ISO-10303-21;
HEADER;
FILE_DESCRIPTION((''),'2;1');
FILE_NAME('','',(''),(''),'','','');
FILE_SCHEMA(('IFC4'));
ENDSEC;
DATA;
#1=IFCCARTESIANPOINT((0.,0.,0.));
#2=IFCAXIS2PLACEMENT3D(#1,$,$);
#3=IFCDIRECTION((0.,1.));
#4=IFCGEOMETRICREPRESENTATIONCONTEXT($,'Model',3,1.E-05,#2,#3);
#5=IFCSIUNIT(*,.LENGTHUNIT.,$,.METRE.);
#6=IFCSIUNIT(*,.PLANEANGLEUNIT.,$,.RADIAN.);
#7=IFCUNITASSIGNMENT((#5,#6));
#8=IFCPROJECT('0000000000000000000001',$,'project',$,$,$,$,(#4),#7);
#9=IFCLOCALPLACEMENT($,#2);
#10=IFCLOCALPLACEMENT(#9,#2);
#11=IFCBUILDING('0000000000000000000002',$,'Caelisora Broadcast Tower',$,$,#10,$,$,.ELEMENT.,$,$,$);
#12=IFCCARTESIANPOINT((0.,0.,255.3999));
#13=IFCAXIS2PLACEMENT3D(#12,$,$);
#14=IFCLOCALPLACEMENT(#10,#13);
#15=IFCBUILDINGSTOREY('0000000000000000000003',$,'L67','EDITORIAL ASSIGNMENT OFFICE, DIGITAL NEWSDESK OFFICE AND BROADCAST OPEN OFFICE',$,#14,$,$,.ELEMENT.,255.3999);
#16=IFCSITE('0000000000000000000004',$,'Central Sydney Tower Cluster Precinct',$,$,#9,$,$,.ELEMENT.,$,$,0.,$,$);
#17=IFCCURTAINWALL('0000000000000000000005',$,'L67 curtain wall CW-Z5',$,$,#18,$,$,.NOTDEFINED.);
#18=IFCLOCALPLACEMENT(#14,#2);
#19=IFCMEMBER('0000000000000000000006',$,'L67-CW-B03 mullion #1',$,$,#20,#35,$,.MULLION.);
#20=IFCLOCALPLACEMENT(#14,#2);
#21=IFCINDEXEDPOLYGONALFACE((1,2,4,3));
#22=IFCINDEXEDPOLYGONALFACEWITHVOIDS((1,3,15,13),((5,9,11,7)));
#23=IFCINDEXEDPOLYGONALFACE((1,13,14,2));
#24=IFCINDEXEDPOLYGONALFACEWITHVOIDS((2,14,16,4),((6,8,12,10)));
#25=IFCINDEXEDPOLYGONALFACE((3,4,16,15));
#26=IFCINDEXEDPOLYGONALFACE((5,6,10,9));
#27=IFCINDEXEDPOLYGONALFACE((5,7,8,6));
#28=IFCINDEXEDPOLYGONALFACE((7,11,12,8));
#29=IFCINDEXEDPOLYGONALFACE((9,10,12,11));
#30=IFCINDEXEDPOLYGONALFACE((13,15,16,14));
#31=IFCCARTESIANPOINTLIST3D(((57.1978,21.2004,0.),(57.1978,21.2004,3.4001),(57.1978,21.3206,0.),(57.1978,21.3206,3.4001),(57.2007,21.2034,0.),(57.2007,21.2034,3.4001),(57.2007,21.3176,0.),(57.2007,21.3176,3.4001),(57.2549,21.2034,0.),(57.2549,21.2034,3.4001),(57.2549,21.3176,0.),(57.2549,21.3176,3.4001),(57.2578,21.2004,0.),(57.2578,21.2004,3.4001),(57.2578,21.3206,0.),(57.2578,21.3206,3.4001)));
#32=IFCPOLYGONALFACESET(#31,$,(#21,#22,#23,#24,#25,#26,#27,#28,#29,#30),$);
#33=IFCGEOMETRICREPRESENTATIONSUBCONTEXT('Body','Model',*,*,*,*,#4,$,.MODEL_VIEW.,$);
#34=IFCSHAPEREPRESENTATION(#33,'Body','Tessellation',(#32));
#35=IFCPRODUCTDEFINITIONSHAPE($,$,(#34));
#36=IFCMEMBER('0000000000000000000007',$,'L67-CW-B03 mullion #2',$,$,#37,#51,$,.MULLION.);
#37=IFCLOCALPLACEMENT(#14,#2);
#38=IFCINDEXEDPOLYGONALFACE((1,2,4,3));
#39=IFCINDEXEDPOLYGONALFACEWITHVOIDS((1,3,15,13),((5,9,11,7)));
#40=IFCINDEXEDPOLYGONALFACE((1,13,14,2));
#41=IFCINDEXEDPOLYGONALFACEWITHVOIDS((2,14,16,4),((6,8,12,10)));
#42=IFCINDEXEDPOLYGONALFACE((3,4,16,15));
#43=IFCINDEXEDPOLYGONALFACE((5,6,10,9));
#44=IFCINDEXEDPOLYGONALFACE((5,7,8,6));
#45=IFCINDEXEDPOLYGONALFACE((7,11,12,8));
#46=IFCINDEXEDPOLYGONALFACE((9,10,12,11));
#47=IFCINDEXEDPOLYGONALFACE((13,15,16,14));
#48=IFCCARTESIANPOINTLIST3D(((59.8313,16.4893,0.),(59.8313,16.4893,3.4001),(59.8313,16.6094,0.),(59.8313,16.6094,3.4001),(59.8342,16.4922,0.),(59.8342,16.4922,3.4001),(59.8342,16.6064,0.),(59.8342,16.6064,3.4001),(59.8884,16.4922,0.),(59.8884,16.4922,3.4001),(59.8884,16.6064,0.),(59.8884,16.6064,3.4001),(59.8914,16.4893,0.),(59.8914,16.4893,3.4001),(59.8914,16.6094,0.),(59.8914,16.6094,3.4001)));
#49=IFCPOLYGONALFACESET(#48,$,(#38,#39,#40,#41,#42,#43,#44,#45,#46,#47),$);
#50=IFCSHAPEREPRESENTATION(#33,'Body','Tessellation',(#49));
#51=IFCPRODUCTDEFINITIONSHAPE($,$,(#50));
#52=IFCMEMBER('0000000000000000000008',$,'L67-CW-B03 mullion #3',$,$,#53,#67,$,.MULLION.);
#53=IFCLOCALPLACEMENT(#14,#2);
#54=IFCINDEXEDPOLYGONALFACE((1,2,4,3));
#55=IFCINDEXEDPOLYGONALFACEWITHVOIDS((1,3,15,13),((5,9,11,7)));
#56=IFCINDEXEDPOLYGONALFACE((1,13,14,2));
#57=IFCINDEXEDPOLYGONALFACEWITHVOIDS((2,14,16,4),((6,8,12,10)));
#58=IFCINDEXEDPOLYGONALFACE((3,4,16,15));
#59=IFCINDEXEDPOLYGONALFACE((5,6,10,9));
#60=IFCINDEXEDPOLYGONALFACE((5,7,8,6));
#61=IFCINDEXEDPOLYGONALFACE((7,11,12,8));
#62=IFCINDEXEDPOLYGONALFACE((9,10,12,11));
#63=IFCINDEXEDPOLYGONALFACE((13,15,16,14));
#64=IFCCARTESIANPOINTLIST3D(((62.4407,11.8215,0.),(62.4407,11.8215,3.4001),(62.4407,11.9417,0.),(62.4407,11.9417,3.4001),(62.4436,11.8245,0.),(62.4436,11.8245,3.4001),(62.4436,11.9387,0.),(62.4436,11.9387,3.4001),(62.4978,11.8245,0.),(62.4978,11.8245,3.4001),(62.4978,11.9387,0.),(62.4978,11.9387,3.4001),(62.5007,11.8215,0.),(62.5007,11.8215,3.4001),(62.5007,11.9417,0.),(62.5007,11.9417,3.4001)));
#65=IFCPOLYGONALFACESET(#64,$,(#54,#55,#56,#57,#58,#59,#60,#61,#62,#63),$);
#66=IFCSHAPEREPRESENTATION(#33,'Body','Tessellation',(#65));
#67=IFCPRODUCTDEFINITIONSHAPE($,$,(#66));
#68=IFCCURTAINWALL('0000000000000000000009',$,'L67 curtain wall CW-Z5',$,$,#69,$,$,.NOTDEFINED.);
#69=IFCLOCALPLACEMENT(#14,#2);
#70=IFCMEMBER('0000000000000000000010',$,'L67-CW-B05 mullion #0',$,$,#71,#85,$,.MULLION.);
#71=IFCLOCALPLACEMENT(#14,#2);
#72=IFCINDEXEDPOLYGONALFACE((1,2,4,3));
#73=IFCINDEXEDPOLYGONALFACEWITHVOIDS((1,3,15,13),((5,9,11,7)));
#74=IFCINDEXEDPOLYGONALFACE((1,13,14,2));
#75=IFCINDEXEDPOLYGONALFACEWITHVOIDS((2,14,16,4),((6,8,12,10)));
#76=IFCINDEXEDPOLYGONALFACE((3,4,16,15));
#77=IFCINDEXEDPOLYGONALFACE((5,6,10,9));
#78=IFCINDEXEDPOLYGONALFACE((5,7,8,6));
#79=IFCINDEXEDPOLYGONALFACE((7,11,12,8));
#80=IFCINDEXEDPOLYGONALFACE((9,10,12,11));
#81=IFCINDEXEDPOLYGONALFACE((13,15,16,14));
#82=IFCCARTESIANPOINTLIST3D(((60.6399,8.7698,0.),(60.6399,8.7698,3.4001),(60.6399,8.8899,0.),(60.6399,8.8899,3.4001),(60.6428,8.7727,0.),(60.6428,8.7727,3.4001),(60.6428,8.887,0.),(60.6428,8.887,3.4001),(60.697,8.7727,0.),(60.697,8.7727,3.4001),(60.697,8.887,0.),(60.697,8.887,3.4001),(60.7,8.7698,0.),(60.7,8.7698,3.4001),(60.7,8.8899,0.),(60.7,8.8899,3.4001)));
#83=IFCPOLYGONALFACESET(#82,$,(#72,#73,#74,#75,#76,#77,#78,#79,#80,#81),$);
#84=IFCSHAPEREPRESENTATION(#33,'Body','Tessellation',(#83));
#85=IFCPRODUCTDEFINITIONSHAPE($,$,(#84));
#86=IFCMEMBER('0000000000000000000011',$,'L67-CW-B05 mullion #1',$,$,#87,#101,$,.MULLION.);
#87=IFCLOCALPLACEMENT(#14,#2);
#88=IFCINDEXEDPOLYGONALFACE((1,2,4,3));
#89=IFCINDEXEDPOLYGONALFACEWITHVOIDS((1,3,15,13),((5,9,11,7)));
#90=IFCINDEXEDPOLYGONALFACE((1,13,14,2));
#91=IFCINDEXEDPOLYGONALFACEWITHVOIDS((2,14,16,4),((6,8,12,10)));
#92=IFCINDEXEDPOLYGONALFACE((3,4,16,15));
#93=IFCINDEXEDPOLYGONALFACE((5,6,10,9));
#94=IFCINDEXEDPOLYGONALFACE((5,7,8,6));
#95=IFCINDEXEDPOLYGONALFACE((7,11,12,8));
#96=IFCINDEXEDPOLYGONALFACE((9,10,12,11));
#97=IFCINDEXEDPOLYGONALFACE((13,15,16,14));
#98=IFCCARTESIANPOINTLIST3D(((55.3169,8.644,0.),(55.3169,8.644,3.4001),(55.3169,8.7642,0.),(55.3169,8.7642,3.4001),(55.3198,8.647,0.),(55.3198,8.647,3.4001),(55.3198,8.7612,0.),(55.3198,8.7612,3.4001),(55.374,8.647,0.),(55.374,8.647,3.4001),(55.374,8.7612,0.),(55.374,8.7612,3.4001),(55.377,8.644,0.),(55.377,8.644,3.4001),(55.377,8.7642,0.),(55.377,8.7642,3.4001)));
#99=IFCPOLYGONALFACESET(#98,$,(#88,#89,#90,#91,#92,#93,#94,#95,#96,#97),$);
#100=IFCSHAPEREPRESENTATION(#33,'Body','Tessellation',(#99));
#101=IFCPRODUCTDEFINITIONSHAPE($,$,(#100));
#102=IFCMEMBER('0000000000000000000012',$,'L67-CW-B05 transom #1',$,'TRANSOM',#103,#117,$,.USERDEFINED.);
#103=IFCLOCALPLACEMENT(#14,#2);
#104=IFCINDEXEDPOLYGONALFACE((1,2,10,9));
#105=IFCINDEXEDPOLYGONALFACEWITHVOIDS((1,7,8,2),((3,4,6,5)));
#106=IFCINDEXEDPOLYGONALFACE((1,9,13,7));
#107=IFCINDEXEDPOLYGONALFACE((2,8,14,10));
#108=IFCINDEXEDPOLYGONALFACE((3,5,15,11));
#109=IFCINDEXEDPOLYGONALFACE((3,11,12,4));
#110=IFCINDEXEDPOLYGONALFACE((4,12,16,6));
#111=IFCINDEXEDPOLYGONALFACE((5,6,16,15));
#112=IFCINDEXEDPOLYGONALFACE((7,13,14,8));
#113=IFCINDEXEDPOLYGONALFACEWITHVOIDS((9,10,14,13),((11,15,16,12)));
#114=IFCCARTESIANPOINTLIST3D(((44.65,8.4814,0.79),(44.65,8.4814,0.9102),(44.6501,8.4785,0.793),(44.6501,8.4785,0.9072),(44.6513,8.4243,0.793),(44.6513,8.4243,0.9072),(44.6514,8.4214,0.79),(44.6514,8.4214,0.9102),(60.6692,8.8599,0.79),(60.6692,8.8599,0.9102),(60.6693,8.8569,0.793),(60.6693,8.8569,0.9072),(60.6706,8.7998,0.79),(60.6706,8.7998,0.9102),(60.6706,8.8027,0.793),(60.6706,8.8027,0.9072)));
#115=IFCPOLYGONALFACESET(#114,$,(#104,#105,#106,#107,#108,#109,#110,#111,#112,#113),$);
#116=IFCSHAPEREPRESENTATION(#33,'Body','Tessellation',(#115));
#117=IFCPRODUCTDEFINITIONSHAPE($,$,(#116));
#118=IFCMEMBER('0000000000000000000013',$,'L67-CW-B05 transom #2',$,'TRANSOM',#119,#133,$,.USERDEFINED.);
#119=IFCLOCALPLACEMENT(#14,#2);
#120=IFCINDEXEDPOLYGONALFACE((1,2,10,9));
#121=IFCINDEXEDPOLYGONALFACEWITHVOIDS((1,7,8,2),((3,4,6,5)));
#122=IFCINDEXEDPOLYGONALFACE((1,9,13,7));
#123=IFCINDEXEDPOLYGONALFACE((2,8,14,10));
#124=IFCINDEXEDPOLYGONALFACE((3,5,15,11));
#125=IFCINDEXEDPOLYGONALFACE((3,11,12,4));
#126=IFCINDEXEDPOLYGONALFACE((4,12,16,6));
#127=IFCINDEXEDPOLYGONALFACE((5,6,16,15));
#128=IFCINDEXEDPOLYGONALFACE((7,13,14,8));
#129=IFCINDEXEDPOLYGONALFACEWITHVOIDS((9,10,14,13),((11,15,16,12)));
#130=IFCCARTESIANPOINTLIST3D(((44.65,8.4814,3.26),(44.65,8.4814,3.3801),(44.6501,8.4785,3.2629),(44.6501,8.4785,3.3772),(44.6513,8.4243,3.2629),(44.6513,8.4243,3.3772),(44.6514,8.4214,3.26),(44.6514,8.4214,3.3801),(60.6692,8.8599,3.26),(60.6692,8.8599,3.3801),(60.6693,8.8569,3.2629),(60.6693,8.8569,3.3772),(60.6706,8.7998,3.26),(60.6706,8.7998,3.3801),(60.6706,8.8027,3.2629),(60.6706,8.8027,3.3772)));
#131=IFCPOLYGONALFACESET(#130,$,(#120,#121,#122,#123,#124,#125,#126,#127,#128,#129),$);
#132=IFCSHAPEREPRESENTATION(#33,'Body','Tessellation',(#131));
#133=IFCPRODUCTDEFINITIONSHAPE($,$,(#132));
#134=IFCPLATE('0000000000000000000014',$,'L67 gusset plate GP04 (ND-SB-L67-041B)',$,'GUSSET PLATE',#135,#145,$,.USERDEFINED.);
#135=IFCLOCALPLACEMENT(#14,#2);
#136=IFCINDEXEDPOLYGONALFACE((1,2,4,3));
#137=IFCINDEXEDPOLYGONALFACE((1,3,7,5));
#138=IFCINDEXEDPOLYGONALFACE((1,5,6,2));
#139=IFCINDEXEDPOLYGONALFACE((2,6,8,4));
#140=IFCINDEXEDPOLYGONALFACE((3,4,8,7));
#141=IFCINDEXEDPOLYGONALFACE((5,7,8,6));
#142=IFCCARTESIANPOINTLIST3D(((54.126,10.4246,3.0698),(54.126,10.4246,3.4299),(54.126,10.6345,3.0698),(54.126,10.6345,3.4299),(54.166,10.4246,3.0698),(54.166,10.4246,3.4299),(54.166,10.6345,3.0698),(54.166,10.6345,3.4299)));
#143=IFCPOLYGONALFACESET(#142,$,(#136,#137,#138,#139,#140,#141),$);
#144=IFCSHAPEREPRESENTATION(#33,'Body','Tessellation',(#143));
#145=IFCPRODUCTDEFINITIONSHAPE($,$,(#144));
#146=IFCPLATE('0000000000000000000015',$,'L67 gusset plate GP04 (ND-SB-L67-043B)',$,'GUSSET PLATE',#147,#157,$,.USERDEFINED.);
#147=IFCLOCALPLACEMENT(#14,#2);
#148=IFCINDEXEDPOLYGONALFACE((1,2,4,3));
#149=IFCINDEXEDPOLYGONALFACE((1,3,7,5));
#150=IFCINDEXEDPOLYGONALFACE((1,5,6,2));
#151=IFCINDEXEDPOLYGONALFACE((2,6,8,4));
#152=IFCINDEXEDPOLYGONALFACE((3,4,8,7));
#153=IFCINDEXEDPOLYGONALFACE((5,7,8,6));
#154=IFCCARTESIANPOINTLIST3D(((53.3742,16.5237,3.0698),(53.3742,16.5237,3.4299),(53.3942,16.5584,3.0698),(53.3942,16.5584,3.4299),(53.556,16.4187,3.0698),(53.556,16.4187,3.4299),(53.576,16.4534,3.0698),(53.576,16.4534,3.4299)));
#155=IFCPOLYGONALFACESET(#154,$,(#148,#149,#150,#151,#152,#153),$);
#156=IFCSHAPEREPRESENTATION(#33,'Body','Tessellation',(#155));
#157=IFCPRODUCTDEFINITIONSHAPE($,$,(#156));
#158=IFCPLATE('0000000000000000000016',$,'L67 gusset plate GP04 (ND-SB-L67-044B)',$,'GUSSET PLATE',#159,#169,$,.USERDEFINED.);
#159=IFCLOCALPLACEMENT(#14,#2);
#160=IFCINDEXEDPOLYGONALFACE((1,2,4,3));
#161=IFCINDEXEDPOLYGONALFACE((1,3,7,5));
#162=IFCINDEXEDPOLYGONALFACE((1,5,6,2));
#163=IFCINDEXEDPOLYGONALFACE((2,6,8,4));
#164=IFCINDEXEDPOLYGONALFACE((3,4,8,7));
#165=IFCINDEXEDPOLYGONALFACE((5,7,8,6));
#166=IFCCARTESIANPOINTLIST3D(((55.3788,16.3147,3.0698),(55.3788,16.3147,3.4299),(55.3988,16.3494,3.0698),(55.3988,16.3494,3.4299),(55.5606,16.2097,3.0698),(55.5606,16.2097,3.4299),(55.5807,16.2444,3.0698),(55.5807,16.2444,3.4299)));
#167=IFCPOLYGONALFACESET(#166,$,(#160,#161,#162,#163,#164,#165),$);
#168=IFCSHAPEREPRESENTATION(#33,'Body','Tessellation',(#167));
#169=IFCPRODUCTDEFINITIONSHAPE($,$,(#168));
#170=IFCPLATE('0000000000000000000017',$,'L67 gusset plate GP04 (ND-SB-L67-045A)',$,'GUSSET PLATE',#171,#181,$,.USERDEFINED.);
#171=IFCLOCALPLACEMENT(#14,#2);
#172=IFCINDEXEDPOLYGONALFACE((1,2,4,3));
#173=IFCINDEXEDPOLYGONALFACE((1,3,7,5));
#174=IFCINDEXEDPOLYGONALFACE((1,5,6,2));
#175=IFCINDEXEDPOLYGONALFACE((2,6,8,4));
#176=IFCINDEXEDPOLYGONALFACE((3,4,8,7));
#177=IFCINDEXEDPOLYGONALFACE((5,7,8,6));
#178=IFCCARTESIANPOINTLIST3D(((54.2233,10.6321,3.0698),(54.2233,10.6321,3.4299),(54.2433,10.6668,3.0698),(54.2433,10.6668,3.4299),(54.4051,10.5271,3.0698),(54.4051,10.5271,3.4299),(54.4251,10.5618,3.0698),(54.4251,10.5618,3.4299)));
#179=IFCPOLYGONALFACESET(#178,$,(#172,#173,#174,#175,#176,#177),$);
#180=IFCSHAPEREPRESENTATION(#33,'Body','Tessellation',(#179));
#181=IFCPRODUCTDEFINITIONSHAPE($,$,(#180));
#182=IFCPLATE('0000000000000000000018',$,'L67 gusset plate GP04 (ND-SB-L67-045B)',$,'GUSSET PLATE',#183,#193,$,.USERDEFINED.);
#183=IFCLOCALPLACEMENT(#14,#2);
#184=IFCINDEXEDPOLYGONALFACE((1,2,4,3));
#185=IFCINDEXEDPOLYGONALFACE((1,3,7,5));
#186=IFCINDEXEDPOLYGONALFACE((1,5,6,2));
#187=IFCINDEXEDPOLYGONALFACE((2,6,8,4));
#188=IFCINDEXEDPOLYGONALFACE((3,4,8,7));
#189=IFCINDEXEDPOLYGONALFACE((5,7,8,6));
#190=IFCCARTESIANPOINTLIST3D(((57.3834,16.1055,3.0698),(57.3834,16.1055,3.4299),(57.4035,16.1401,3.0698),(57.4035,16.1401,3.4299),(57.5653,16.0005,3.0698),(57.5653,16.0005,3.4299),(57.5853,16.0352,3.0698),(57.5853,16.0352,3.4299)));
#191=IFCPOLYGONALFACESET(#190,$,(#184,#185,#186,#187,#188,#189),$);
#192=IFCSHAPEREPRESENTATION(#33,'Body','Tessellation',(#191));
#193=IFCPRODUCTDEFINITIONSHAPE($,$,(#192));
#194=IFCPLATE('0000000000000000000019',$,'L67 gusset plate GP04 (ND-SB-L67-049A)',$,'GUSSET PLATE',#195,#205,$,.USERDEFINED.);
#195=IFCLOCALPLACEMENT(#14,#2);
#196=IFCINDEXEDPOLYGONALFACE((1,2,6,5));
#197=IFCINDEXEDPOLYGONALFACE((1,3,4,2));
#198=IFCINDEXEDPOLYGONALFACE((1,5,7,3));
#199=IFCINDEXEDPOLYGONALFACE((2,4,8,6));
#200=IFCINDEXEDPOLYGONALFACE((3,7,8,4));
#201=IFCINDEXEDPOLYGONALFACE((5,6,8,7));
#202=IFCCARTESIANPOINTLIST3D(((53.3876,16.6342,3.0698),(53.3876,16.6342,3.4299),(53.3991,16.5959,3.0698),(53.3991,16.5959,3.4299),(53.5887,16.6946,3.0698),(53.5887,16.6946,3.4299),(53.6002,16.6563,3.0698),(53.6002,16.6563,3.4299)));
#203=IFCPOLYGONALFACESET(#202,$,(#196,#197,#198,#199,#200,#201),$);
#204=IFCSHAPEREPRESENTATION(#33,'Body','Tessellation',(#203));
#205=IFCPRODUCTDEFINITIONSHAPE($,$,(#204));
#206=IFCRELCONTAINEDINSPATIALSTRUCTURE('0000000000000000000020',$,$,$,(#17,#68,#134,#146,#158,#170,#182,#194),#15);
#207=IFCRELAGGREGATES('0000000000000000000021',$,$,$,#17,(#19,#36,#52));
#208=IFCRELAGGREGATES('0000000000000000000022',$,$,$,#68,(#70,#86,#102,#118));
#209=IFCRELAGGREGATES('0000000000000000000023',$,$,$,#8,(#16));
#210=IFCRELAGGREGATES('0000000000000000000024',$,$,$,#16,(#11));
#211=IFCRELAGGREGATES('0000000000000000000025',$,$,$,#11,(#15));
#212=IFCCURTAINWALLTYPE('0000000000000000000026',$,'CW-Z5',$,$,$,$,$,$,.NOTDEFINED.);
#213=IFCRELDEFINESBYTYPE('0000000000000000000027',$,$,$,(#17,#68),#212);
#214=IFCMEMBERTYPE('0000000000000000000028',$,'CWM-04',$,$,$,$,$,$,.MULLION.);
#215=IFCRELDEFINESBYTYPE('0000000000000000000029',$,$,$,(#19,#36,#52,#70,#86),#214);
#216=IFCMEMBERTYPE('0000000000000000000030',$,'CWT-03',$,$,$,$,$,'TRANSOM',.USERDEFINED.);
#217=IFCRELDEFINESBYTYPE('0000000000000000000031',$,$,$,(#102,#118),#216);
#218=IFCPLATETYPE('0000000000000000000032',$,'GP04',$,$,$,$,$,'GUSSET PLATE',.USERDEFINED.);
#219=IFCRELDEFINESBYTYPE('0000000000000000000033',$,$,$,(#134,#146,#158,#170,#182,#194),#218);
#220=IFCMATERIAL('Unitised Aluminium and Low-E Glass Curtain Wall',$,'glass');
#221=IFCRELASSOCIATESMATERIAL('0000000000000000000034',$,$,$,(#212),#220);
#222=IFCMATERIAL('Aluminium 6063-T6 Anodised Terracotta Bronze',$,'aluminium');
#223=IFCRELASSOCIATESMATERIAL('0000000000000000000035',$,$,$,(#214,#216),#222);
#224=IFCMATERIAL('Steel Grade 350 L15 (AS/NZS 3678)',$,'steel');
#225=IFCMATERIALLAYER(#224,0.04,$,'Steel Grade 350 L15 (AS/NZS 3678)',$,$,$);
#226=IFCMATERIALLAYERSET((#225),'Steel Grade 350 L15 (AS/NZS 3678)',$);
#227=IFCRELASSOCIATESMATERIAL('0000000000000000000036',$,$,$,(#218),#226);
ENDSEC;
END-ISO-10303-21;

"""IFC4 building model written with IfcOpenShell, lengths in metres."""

from ifc_helpers import new_model, si_unit, direction, frame, origin, origin_2d, place, context, subcontext, project, spatial, rectangle, hollow_rectangle, extrude, source, transform, mapped, material, layer, layer_set, material_profile, profile_set, type_object, type_shapes, element, aggregate, save


model = new_model("IFC4")

# Units and contexts
model_context = context("Model", 3, precision=1e-05, world=origin(), true_north=direction((0.0, 1.0)))
body_context = subcontext(model_context, "Body", "Model", "MODEL_VIEW")
ifc_project = project(units=[si_unit("LENGTHUNIT", "METRE"), si_unit("PLANEANGLEUNIT", "RADIAN")], contexts=[model_context])

# Site, building, storey
site_placement = place(None, origin())
site = spatial("IfcSite", under=ifc_project, at=site_placement, Name="Central Sydney Tower Cluster Precinct", CompositionType="ELEMENT", RefElevation=0.0)
building_placement = place(site_placement, origin())
building = spatial("IfcBuilding", under=site, at=building_placement, Name="Caelisora Broadcast Tower", CompositionType="ELEMENT")
storey_placement = place(building_placement, frame((0.0, 0.0, 255.3999)))
storey = spatial("IfcBuildingStorey", under=building, at=storey_placement, Name="L67", Description="EDITORIAL ASSIGNMENT OFFICE, DIGITAL NEWSDESK OFFICE AND BROADCAST OPEN OFFICE", CompositionType="ELEMENT", Elevation=255.3999)

# Shared definitions
ifc_material_1 = material(Name="Steel Grade 350 L15 (AS/NZS 3678)", Category="steel")

# Curtain walls, members
ifc_material_2 = material(Name="Unitised Aluminium and Low-E Glass Curtain Wall", Category="glass")
curtain_wall_type = type_object("IfcCurtainWallType", Name="CW-Z5", PredefinedType="NOTDEFINED", material=ifc_material_2)
curtain_wall_1_placement = place(storey_placement, origin())
curtain_wall_1 = element("IfcCurtainWall", 1, at=curtain_wall_1_placement, inside=storey, type_object=curtain_wall_type, Name="L67 curtain wall CW-Z5", PredefinedType="NOTDEFINED")
ifc_material_3 = material(Name="Aluminium 6063-T6 Anodised Terracotta Bronze", Category="aluminium")
ifc_material_profile_1 = material_profile(ifc_material_3, hollow_rectangle(XDim=0.0601, YDim=0.1201, WallThickness=0.0029, at=origin_2d()), Name="Aluminium 6063-T6 Anodised Terracotta Bronze")
ifc_profile_set_1 = profile_set([ifc_material_profile_1], Name="Aluminium 6063-T6 Anodised Terracotta Bronze")
member_type_1 = type_object("IfcMemberType", Name="CWM-04", PredefinedType="MULLION", material=ifc_profile_set_1)
shared_shape_1 = source(origin(), body_context, "Body", "SweptSolid", [
    extrude(hollow_rectangle(XDim=0.0601, YDim=0.1201, WallThickness=0.0029, at=origin_2d()), origin(), (0.0, 0.0, 1.0), 3.4001),
])
type_shapes(member_type_1, [shared_shape_1])
member_1_placement = place(storey_placement, frame((57.2278, 21.2605, 0.0), z_axis=(0.0, 0.0, 1.0), x_axis=(1.0, 0.0, 0.0)))
member_1 = element("IfcMember", 2, at=member_1_placement, type_object=member_type_1, Name="L67-CW-B03 mullion #1", PredefinedType="MULLION", context=body_context, shape_type="MappedRepresentation", body=[
    mapped(shared_shape_1, transform((0.0, 0.0, 0.0), scale=1.0)),
])
member_2_placement = place(storey_placement, frame((59.8613, 16.5493, 0.0), z_axis=(0.0, 0.0, 1.0), x_axis=(1.0, 0.0, 0.0)))
member_2 = element("IfcMember", 3, at=member_2_placement, type_object=member_type_1, Name="L67-CW-B03 mullion #2", PredefinedType="MULLION", context=body_context, shape_type="MappedRepresentation", body=[
    mapped(shared_shape_1, transform((0.0, 0.0, 0.0), scale=1.0)),
])
member_3_placement = place(storey_placement, frame((62.4707, 11.8816, 0.0), z_axis=(0.0, 0.0, 1.0), x_axis=(1.0, 0.0, 0.0)))
member_3 = element("IfcMember", 4, at=member_3_placement, type_object=member_type_1, Name="L67-CW-B03 mullion #3", PredefinedType="MULLION", context=body_context, shape_type="MappedRepresentation", body=[
    mapped(shared_shape_1, transform((0.0, 0.0, 0.0), scale=1.0)),
])
curtain_wall_2_placement = place(storey_placement, origin())
curtain_wall_2 = element("IfcCurtainWall", 5, at=curtain_wall_2_placement, inside=storey, type_object=curtain_wall_type, Name="L67 curtain wall CW-Z5", PredefinedType="NOTDEFINED")
member_4_placement = place(storey_placement, frame((60.6699, 8.8298, 0.0), z_axis=(0.0, 0.0, 1.0), x_axis=(1.0, 0.0, 0.0)))
member_4 = element("IfcMember", 6, at=member_4_placement, type_object=member_type_1, Name="L67-CW-B05 mullion #0", PredefinedType="MULLION", context=body_context, shape_type="MappedRepresentation", body=[
    mapped(shared_shape_1, transform((0.0, 0.0, 0.0), scale=1.0)),
])
member_5_placement = place(storey_placement, frame((55.3469, 8.7041, 0.0), z_axis=(0.0, 0.0, 1.0), x_axis=(1.0, 0.0, 0.0)))
member_5 = element("IfcMember", 7, at=member_5_placement, type_object=member_type_1, Name="L67-CW-B05 mullion #1", PredefinedType="MULLION", context=body_context, shape_type="MappedRepresentation", body=[
    mapped(shared_shape_1, transform((0.0, 0.0, 0.0), scale=1.0)),
])
ifc_material_profile_2 = material_profile(ifc_material_3, hollow_rectangle(XDim=0.0601, YDim=0.1201, WallThickness=0.0029, at=origin_2d()), Name="Aluminium 6063-T6 Anodised Terracotta Bronze")
ifc_profile_set_2 = profile_set([ifc_material_profile_2], Name="Aluminium 6063-T6 Anodised Terracotta Bronze")
member_type_2 = type_object("IfcMemberType", Name="CWT-03", ElementType="TRANSOM", PredefinedType="USERDEFINED", material=ifc_profile_set_2)
shared_shape_2 = source(origin(), body_context, "Body", "SweptSolid", [
    extrude(hollow_rectangle(XDim=0.0601, YDim=0.1201, WallThickness=0.0029, at=origin_2d()), origin(), (0.0, 0.0, 1.0), 16.0237),
])
type_shapes(member_type_2, [shared_shape_2])
member_6_placement = place(storey_placement, frame((60.6699, 8.8298, 0.8501), z_axis=(-0.999721, -0.023616, 0.0), x_axis=(0.023616, -0.999721, 0.0)))
member_6 = element("IfcMember", 8, at=member_6_placement, type_object=member_type_2, Name="L67-CW-B05 transom #1", ObjectType="TRANSOM", PredefinedType="USERDEFINED", context=body_context, shape_type="MappedRepresentation", body=[
    mapped(shared_shape_2, transform((0.0, 0.0, 0.0), scale=1.0)),
])
member_7_placement = place(storey_placement, frame((60.6699, 8.8298, 3.3201), z_axis=(-0.999721, -0.023616, 0.0), x_axis=(0.023616, -0.999721, 0.0)))
member_7 = element("IfcMember", 9, at=member_7_placement, type_object=member_type_2, Name="L67-CW-B05 transom #2", ObjectType="TRANSOM", PredefinedType="USERDEFINED", context=body_context, shape_type="MappedRepresentation", body=[
    mapped(shared_shape_2, transform((0.0, 0.0, 0.0), scale=1.0)),
])

# Plates
ifc_layer_1 = layer(ifc_material_1, 0.04, Name="Steel Grade 350 L15 (AS/NZS 3678)")
ifc_layer_set_1 = layer_set([ifc_layer_1], Name="Steel Grade 350 L15 (AS/NZS 3678)")
plate_type_1 = type_object("IfcPlateType", Name="GP04", ElementType="GUSSET PLATE", PredefinedType="USERDEFINED", material=ifc_layer_set_1)
shared_shape_3 = source(origin(), body_context, "Body", "SweptSolid", [
    extrude(rectangle(XDim=0.21, YDim=0.04, at=origin_2d()), origin(), (0.0, 0.0, 1.0), 0.3601),
])
type_shapes(plate_type_1, [shared_shape_3])
for number, where, z_axis, x_axis, name in (
    (10, (54.146, 10.5295, 3.0698), (0.0, 0.0, 1.0), (0.0, 1.0, 0.0), "L67 gusset plate GP04 (ND-SB-L67-041B)"),
    (11, (53.4751, 16.4885, 3.0698), (0.0, 0.0, 1.0), (-0.866025, 0.5, 0.0), "L67 gusset plate GP04 (ND-SB-L67-043B)"),
    (12, (55.4797, 16.2795, 3.0698), (0.0, 0.0, 1.0), (-0.866025, 0.5, 0.0), "L67 gusset plate GP04 (ND-SB-L67-044B)"),
    (13, (54.3242, 10.5969, 3.0698), (0.0, 0.0, 1.0), (-0.866025, 0.5, 0.0), "L67 gusset plate GP04 (ND-SB-L67-045A)"),
    (14, (57.4844, 16.0703, 3.0698), (0.0, 0.0, 1.0), (-0.866025, 0.5, 0.0), "L67 gusset plate GP04 (ND-SB-L67-045B)"),
    (15, (53.4939, 16.6453, 3.0698), (0.0, 0.0, 1.0), (-0.957722, -0.287695, 0.0), "L67 gusset plate GP04 (ND-SB-L67-049A)"),
):
    element("IfcPlate", number, at=place(storey_placement, frame(where, z_axis=z_axis, x_axis=x_axis)), inside=storey, type_object=plate_type_1, Name=name, ObjectType="GUSSET PLATE", PredefinedType="USERDEFINED", context=body_context, shape_type="MappedRepresentation", body=[
        mapped(shared_shape_3, transform((0.0, 0.0, 0.0), scale=1.0)),
    ])

aggregate(curtain_wall_1, [member_1, member_2, member_3])
aggregate(curtain_wall_2, [member_4, member_5, member_6, member_7])

save(model, "model.ifc")
